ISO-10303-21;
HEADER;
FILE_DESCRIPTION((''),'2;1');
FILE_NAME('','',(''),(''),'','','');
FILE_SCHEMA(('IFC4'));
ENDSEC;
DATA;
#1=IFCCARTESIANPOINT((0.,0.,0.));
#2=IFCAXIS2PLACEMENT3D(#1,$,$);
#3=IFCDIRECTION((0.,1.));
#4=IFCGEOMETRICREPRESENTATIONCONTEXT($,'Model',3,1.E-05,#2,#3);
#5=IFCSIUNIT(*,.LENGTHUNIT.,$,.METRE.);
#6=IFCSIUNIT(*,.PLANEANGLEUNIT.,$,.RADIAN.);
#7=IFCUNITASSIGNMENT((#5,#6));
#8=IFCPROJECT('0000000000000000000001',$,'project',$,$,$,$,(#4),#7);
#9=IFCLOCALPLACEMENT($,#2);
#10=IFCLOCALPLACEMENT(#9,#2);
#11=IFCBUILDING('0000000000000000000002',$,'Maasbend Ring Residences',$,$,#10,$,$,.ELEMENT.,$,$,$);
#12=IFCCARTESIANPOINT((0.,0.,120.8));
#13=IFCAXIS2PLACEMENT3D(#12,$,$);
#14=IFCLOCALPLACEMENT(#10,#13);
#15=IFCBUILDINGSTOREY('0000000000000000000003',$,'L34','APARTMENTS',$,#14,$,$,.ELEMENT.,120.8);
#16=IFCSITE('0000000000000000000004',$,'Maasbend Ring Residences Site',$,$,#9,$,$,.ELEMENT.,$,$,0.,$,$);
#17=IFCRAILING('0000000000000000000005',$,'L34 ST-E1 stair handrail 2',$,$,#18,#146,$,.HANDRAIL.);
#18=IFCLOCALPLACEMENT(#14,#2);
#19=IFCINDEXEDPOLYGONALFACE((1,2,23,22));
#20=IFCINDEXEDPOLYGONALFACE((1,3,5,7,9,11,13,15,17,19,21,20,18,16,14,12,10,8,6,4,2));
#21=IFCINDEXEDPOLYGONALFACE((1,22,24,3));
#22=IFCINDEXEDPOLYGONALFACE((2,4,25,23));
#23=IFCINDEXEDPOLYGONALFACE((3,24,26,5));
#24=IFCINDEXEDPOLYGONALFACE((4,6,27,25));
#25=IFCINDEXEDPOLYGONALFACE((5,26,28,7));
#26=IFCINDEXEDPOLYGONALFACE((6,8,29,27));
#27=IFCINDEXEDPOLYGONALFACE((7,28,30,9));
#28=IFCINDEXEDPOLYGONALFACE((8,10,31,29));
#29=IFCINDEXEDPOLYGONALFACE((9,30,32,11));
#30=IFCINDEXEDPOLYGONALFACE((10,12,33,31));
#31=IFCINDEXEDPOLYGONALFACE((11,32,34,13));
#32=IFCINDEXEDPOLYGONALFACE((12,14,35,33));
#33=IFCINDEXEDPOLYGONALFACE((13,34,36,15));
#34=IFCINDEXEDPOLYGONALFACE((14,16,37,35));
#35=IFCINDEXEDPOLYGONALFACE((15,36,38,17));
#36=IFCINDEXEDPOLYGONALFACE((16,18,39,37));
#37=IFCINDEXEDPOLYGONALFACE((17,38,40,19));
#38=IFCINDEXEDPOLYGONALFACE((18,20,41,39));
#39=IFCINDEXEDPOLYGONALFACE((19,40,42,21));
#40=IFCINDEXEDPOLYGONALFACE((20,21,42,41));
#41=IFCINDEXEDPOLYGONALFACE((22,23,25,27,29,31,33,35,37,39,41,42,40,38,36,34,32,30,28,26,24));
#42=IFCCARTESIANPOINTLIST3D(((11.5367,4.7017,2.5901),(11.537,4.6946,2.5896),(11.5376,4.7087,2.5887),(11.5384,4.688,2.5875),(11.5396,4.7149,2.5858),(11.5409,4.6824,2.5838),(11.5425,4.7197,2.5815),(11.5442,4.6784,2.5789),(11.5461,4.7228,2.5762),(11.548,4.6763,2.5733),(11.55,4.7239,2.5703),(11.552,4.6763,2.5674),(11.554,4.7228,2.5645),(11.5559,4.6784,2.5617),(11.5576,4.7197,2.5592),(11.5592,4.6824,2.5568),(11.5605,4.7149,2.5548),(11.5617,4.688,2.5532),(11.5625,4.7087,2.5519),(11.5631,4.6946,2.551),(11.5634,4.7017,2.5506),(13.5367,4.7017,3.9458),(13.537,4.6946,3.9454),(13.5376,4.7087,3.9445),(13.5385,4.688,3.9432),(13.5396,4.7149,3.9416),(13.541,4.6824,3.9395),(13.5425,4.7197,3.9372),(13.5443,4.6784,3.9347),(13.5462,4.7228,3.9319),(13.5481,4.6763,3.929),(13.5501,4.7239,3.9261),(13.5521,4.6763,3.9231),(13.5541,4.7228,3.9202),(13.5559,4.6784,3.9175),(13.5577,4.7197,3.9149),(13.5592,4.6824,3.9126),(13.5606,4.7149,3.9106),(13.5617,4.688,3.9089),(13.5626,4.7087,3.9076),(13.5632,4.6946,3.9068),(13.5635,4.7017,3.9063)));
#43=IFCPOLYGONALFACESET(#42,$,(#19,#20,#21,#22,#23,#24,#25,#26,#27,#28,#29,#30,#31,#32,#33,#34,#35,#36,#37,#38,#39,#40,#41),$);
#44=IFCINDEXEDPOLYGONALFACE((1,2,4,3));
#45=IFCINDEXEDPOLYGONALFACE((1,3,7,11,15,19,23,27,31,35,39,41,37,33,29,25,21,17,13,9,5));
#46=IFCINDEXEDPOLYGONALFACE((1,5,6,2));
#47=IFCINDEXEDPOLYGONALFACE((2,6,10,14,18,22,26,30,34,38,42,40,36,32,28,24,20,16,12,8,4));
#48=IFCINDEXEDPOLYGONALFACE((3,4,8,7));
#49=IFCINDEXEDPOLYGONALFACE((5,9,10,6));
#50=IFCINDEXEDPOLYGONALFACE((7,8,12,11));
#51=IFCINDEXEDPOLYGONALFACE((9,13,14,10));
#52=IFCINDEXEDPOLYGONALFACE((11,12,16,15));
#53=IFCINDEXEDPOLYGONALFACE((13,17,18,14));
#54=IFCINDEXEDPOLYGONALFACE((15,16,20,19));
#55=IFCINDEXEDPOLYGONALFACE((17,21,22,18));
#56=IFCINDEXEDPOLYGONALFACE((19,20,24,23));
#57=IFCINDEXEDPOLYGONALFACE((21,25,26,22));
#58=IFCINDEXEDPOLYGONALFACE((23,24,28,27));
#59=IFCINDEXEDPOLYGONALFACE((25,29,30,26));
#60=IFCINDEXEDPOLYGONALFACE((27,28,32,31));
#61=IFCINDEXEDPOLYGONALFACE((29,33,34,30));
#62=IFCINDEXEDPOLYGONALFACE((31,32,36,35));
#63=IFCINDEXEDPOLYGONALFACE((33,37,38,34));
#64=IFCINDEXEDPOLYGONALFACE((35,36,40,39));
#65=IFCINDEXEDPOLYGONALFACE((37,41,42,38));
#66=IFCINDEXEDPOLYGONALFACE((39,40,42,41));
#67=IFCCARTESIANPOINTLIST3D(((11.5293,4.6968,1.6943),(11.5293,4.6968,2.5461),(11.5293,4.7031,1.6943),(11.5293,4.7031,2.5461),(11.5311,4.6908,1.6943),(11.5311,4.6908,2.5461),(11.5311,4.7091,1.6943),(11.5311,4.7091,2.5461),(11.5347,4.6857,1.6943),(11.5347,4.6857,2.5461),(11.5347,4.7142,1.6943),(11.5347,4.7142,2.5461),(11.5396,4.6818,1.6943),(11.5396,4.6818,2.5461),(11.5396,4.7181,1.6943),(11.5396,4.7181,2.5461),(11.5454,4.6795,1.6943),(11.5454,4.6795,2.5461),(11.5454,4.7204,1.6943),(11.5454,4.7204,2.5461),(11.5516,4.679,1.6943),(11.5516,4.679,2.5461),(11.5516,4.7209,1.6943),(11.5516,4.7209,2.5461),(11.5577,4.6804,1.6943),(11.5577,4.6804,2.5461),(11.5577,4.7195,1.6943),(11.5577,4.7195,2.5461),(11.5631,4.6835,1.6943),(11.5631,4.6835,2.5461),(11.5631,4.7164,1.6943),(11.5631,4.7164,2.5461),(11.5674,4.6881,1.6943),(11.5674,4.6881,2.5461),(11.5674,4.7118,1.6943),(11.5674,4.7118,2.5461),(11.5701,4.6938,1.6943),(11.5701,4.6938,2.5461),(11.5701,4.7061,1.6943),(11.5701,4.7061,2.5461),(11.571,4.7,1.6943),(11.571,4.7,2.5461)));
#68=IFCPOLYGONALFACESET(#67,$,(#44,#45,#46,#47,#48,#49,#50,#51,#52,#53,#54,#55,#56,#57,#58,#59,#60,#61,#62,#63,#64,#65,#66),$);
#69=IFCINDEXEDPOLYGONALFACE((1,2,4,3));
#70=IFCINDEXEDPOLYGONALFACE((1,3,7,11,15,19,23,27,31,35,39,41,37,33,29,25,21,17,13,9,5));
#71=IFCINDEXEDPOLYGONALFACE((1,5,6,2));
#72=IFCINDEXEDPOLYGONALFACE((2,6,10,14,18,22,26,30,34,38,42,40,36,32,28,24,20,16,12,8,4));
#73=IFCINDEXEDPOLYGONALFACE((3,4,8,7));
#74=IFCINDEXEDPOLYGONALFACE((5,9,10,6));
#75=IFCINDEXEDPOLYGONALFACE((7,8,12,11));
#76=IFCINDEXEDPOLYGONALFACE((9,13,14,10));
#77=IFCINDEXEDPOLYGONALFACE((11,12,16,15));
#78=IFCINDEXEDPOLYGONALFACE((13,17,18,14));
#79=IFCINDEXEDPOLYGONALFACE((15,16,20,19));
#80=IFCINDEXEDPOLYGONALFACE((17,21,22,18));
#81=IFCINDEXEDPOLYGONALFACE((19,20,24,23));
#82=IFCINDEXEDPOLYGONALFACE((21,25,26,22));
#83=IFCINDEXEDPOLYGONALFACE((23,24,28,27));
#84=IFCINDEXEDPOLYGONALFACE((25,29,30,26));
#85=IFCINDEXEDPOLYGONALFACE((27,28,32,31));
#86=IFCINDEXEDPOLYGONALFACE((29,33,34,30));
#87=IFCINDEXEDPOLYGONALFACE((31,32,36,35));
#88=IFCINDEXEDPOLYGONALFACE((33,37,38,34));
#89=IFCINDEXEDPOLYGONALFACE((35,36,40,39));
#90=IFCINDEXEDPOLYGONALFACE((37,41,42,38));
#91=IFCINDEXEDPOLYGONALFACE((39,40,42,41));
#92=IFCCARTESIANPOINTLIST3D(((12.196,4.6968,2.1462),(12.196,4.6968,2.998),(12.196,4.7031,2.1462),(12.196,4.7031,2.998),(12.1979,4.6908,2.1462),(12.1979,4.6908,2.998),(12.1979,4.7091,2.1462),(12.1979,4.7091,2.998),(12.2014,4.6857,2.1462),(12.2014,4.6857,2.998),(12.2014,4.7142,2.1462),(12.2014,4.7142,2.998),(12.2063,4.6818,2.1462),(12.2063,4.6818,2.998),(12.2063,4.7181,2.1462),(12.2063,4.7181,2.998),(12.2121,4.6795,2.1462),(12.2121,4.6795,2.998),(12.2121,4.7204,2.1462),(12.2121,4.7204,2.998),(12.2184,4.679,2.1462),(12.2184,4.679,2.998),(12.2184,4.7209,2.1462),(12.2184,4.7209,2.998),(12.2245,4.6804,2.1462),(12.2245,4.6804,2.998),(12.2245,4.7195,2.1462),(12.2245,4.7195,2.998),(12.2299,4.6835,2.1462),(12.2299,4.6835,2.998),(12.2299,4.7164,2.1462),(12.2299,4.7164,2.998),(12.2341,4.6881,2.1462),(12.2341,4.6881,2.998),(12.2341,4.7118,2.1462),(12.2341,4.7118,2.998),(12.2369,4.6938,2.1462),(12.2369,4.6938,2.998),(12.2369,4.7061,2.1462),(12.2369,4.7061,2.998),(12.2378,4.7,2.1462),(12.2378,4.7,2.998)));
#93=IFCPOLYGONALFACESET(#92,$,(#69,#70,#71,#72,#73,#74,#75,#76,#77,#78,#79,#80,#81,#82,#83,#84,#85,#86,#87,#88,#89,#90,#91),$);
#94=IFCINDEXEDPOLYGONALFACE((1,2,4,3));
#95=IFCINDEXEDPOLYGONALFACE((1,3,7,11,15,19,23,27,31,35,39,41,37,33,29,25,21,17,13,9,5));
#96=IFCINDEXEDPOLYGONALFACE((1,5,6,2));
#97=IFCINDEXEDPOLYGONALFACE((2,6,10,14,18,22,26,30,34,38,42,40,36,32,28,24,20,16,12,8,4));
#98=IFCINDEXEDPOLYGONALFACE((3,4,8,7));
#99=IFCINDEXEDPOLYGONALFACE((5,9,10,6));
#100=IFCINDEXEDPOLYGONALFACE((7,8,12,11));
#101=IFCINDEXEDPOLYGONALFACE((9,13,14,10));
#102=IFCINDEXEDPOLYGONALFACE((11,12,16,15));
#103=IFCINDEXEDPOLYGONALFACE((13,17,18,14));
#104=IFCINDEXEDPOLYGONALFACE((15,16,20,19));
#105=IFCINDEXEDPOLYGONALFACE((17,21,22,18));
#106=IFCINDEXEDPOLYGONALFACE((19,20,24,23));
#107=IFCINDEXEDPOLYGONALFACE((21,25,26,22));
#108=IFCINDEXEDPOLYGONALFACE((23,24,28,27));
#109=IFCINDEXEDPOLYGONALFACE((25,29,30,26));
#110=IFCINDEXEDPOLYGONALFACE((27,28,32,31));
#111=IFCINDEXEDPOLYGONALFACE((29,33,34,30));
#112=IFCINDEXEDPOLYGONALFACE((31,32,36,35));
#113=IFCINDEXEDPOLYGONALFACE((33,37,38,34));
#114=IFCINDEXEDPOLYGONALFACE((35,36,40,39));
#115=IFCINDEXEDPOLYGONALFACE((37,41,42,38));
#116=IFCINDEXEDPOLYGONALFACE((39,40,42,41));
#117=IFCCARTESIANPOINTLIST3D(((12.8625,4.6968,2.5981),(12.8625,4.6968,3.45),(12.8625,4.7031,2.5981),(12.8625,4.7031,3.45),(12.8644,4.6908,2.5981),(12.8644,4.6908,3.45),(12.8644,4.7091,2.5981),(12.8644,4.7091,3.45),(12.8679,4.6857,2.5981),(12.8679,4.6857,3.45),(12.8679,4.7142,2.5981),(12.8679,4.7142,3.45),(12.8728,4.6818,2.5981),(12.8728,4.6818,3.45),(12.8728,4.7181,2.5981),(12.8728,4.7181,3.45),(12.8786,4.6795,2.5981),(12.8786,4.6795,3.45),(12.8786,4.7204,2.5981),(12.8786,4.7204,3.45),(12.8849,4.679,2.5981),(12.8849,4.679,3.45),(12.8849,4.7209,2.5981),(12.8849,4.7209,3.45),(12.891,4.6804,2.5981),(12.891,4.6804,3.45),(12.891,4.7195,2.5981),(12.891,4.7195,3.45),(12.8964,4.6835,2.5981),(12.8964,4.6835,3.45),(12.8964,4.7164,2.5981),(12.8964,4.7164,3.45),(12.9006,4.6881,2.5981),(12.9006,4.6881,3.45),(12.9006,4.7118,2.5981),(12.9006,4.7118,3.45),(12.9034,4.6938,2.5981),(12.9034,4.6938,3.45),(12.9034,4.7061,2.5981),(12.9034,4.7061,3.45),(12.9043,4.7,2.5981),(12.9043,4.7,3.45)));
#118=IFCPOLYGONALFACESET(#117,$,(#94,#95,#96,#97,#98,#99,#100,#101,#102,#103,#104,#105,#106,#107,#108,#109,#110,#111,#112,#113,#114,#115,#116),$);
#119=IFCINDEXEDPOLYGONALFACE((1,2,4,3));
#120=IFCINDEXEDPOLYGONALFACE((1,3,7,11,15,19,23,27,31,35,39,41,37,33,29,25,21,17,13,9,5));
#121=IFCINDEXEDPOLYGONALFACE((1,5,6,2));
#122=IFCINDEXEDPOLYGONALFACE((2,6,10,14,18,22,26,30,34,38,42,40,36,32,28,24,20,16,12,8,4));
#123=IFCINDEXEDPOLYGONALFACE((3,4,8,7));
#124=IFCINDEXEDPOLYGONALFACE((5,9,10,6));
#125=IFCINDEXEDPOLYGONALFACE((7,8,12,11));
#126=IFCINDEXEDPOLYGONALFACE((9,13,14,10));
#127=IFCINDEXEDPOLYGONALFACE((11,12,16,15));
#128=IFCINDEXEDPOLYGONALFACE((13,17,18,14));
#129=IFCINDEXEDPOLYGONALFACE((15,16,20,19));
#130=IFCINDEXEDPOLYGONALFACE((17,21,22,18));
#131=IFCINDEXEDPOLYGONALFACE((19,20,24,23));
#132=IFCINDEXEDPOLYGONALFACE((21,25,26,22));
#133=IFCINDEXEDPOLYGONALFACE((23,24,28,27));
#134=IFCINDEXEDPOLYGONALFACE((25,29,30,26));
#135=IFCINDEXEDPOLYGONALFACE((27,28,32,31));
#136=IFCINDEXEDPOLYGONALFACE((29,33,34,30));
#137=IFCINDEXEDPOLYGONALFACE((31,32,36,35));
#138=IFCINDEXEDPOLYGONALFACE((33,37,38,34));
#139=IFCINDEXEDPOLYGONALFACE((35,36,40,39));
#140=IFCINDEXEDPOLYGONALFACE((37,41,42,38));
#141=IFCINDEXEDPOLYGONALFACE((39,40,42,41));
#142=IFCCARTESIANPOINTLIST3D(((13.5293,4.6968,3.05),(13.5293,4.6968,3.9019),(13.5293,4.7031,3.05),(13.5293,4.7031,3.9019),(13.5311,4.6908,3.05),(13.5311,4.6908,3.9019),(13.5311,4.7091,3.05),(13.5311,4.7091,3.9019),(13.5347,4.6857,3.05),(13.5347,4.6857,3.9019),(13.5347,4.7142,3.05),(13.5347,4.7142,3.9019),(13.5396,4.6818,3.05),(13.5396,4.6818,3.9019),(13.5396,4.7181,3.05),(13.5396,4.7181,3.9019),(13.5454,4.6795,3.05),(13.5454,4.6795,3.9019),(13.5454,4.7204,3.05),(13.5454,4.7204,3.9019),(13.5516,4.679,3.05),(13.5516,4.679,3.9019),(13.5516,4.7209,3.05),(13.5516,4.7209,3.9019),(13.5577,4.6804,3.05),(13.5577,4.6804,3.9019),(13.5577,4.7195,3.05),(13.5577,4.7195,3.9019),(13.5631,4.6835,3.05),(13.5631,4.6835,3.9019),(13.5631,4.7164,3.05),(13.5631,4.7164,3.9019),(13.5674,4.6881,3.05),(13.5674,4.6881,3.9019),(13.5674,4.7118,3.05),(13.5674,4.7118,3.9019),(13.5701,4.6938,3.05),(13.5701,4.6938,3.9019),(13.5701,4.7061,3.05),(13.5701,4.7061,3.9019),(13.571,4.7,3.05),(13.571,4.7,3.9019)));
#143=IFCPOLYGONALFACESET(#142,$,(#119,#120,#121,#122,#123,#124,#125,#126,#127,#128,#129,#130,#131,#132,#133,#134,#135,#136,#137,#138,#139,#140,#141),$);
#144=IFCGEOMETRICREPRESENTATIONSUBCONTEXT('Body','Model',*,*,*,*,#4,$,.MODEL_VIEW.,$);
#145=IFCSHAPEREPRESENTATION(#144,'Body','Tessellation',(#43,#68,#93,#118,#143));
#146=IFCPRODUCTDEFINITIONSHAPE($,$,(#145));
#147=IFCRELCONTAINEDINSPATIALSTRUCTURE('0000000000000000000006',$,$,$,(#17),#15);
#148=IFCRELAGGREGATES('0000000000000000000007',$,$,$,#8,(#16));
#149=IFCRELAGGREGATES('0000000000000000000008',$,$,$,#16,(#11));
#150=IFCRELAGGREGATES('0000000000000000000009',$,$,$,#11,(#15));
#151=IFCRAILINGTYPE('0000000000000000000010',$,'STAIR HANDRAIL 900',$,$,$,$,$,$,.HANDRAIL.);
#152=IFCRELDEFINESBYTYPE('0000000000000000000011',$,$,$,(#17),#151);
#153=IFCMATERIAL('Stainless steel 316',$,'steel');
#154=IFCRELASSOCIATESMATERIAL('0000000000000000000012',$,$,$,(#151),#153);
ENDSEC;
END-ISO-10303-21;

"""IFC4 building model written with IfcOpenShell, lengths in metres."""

from ifc_helpers import new_model, si_unit, direction, frame, origin, origin_2d, place, context, subcontext, project, spatial, circle, extrude, material, type_object, element, save


model = new_model("IFC4")

# Units and contexts
model_context = context("Model", 3, precision=1e-05, world=origin(), true_north=direction((0.0, 1.0)))
body_context = subcontext(model_context, "Body", "Model", "MODEL_VIEW")
ifc_project = project(units=[si_unit("LENGTHUNIT", "METRE"), si_unit("PLANEANGLEUNIT", "RADIAN")], contexts=[model_context])

# Site, building, storey
site_placement = place(None, origin())
site = spatial("IfcSite", under=ifc_project, at=site_placement, Name="Maasbend Ring Residences Site", CompositionType="ELEMENT", RefElevation=0.0)
building_placement = place(site_placement, origin())
building = spatial("IfcBuilding", under=site, at=building_placement, Name="Maasbend Ring Residences", CompositionType="ELEMENT")
storey_placement = place(building_placement, frame((0.0, 0.0, 120.8)))
storey = spatial("IfcBuildingStorey", under=building, at=storey_placement, Name="L34", Description="APARTMENTS", CompositionType="ELEMENT", Elevation=120.8)

# Railing
ifc_material_1 = material(Name="Stainless steel 316", Category="steel")
railing_type_1 = type_object("IfcRailingType", Name="STAIR HANDRAIL 900", PredefinedType="HANDRAIL", material=ifc_material_1)
railing_1_placement = place(storey_placement, frame((11.55, 4.7, 1.6943)))
element("IfcRailing", 1, at=railing_1_placement, inside=storey, type_object=railing_type_1, Name="L34 ST-E1 stair handrail 2", PredefinedType="HANDRAIL", context=body_context, shape_type="SweptSolid", body=[
    extrude(circle(Radius=0.0239, at=origin_2d()), frame((0.0, 0.0, 0.876), z_axis=(0.827751, 0.0, 0.561096), x_axis=(0.0, 1.0, 0.0)), (0.0, 0.0, 1.0), 2.4163),
    extrude(circle(Radius=0.021, at=origin_2d()), origin(), (0.0, 0.0, 1.0), 0.8518),
    extrude(circle(Radius=0.021, at=origin_2d()), frame((0.6667, 0.0, 0.4519)), (0.0, 0.0, 1.0), 0.8518),
    extrude(circle(Radius=0.021, at=origin_2d()), frame((1.3333, 0.0, 0.9038)), (0.0, 0.0, 1.0), 0.8518),
    extrude(circle(Radius=0.021, at=origin_2d()), frame((2.0, 0.0, 1.3557)), (0.0, 0.0, 1.0), 0.8518),
])

save(model, "model.ifc")
